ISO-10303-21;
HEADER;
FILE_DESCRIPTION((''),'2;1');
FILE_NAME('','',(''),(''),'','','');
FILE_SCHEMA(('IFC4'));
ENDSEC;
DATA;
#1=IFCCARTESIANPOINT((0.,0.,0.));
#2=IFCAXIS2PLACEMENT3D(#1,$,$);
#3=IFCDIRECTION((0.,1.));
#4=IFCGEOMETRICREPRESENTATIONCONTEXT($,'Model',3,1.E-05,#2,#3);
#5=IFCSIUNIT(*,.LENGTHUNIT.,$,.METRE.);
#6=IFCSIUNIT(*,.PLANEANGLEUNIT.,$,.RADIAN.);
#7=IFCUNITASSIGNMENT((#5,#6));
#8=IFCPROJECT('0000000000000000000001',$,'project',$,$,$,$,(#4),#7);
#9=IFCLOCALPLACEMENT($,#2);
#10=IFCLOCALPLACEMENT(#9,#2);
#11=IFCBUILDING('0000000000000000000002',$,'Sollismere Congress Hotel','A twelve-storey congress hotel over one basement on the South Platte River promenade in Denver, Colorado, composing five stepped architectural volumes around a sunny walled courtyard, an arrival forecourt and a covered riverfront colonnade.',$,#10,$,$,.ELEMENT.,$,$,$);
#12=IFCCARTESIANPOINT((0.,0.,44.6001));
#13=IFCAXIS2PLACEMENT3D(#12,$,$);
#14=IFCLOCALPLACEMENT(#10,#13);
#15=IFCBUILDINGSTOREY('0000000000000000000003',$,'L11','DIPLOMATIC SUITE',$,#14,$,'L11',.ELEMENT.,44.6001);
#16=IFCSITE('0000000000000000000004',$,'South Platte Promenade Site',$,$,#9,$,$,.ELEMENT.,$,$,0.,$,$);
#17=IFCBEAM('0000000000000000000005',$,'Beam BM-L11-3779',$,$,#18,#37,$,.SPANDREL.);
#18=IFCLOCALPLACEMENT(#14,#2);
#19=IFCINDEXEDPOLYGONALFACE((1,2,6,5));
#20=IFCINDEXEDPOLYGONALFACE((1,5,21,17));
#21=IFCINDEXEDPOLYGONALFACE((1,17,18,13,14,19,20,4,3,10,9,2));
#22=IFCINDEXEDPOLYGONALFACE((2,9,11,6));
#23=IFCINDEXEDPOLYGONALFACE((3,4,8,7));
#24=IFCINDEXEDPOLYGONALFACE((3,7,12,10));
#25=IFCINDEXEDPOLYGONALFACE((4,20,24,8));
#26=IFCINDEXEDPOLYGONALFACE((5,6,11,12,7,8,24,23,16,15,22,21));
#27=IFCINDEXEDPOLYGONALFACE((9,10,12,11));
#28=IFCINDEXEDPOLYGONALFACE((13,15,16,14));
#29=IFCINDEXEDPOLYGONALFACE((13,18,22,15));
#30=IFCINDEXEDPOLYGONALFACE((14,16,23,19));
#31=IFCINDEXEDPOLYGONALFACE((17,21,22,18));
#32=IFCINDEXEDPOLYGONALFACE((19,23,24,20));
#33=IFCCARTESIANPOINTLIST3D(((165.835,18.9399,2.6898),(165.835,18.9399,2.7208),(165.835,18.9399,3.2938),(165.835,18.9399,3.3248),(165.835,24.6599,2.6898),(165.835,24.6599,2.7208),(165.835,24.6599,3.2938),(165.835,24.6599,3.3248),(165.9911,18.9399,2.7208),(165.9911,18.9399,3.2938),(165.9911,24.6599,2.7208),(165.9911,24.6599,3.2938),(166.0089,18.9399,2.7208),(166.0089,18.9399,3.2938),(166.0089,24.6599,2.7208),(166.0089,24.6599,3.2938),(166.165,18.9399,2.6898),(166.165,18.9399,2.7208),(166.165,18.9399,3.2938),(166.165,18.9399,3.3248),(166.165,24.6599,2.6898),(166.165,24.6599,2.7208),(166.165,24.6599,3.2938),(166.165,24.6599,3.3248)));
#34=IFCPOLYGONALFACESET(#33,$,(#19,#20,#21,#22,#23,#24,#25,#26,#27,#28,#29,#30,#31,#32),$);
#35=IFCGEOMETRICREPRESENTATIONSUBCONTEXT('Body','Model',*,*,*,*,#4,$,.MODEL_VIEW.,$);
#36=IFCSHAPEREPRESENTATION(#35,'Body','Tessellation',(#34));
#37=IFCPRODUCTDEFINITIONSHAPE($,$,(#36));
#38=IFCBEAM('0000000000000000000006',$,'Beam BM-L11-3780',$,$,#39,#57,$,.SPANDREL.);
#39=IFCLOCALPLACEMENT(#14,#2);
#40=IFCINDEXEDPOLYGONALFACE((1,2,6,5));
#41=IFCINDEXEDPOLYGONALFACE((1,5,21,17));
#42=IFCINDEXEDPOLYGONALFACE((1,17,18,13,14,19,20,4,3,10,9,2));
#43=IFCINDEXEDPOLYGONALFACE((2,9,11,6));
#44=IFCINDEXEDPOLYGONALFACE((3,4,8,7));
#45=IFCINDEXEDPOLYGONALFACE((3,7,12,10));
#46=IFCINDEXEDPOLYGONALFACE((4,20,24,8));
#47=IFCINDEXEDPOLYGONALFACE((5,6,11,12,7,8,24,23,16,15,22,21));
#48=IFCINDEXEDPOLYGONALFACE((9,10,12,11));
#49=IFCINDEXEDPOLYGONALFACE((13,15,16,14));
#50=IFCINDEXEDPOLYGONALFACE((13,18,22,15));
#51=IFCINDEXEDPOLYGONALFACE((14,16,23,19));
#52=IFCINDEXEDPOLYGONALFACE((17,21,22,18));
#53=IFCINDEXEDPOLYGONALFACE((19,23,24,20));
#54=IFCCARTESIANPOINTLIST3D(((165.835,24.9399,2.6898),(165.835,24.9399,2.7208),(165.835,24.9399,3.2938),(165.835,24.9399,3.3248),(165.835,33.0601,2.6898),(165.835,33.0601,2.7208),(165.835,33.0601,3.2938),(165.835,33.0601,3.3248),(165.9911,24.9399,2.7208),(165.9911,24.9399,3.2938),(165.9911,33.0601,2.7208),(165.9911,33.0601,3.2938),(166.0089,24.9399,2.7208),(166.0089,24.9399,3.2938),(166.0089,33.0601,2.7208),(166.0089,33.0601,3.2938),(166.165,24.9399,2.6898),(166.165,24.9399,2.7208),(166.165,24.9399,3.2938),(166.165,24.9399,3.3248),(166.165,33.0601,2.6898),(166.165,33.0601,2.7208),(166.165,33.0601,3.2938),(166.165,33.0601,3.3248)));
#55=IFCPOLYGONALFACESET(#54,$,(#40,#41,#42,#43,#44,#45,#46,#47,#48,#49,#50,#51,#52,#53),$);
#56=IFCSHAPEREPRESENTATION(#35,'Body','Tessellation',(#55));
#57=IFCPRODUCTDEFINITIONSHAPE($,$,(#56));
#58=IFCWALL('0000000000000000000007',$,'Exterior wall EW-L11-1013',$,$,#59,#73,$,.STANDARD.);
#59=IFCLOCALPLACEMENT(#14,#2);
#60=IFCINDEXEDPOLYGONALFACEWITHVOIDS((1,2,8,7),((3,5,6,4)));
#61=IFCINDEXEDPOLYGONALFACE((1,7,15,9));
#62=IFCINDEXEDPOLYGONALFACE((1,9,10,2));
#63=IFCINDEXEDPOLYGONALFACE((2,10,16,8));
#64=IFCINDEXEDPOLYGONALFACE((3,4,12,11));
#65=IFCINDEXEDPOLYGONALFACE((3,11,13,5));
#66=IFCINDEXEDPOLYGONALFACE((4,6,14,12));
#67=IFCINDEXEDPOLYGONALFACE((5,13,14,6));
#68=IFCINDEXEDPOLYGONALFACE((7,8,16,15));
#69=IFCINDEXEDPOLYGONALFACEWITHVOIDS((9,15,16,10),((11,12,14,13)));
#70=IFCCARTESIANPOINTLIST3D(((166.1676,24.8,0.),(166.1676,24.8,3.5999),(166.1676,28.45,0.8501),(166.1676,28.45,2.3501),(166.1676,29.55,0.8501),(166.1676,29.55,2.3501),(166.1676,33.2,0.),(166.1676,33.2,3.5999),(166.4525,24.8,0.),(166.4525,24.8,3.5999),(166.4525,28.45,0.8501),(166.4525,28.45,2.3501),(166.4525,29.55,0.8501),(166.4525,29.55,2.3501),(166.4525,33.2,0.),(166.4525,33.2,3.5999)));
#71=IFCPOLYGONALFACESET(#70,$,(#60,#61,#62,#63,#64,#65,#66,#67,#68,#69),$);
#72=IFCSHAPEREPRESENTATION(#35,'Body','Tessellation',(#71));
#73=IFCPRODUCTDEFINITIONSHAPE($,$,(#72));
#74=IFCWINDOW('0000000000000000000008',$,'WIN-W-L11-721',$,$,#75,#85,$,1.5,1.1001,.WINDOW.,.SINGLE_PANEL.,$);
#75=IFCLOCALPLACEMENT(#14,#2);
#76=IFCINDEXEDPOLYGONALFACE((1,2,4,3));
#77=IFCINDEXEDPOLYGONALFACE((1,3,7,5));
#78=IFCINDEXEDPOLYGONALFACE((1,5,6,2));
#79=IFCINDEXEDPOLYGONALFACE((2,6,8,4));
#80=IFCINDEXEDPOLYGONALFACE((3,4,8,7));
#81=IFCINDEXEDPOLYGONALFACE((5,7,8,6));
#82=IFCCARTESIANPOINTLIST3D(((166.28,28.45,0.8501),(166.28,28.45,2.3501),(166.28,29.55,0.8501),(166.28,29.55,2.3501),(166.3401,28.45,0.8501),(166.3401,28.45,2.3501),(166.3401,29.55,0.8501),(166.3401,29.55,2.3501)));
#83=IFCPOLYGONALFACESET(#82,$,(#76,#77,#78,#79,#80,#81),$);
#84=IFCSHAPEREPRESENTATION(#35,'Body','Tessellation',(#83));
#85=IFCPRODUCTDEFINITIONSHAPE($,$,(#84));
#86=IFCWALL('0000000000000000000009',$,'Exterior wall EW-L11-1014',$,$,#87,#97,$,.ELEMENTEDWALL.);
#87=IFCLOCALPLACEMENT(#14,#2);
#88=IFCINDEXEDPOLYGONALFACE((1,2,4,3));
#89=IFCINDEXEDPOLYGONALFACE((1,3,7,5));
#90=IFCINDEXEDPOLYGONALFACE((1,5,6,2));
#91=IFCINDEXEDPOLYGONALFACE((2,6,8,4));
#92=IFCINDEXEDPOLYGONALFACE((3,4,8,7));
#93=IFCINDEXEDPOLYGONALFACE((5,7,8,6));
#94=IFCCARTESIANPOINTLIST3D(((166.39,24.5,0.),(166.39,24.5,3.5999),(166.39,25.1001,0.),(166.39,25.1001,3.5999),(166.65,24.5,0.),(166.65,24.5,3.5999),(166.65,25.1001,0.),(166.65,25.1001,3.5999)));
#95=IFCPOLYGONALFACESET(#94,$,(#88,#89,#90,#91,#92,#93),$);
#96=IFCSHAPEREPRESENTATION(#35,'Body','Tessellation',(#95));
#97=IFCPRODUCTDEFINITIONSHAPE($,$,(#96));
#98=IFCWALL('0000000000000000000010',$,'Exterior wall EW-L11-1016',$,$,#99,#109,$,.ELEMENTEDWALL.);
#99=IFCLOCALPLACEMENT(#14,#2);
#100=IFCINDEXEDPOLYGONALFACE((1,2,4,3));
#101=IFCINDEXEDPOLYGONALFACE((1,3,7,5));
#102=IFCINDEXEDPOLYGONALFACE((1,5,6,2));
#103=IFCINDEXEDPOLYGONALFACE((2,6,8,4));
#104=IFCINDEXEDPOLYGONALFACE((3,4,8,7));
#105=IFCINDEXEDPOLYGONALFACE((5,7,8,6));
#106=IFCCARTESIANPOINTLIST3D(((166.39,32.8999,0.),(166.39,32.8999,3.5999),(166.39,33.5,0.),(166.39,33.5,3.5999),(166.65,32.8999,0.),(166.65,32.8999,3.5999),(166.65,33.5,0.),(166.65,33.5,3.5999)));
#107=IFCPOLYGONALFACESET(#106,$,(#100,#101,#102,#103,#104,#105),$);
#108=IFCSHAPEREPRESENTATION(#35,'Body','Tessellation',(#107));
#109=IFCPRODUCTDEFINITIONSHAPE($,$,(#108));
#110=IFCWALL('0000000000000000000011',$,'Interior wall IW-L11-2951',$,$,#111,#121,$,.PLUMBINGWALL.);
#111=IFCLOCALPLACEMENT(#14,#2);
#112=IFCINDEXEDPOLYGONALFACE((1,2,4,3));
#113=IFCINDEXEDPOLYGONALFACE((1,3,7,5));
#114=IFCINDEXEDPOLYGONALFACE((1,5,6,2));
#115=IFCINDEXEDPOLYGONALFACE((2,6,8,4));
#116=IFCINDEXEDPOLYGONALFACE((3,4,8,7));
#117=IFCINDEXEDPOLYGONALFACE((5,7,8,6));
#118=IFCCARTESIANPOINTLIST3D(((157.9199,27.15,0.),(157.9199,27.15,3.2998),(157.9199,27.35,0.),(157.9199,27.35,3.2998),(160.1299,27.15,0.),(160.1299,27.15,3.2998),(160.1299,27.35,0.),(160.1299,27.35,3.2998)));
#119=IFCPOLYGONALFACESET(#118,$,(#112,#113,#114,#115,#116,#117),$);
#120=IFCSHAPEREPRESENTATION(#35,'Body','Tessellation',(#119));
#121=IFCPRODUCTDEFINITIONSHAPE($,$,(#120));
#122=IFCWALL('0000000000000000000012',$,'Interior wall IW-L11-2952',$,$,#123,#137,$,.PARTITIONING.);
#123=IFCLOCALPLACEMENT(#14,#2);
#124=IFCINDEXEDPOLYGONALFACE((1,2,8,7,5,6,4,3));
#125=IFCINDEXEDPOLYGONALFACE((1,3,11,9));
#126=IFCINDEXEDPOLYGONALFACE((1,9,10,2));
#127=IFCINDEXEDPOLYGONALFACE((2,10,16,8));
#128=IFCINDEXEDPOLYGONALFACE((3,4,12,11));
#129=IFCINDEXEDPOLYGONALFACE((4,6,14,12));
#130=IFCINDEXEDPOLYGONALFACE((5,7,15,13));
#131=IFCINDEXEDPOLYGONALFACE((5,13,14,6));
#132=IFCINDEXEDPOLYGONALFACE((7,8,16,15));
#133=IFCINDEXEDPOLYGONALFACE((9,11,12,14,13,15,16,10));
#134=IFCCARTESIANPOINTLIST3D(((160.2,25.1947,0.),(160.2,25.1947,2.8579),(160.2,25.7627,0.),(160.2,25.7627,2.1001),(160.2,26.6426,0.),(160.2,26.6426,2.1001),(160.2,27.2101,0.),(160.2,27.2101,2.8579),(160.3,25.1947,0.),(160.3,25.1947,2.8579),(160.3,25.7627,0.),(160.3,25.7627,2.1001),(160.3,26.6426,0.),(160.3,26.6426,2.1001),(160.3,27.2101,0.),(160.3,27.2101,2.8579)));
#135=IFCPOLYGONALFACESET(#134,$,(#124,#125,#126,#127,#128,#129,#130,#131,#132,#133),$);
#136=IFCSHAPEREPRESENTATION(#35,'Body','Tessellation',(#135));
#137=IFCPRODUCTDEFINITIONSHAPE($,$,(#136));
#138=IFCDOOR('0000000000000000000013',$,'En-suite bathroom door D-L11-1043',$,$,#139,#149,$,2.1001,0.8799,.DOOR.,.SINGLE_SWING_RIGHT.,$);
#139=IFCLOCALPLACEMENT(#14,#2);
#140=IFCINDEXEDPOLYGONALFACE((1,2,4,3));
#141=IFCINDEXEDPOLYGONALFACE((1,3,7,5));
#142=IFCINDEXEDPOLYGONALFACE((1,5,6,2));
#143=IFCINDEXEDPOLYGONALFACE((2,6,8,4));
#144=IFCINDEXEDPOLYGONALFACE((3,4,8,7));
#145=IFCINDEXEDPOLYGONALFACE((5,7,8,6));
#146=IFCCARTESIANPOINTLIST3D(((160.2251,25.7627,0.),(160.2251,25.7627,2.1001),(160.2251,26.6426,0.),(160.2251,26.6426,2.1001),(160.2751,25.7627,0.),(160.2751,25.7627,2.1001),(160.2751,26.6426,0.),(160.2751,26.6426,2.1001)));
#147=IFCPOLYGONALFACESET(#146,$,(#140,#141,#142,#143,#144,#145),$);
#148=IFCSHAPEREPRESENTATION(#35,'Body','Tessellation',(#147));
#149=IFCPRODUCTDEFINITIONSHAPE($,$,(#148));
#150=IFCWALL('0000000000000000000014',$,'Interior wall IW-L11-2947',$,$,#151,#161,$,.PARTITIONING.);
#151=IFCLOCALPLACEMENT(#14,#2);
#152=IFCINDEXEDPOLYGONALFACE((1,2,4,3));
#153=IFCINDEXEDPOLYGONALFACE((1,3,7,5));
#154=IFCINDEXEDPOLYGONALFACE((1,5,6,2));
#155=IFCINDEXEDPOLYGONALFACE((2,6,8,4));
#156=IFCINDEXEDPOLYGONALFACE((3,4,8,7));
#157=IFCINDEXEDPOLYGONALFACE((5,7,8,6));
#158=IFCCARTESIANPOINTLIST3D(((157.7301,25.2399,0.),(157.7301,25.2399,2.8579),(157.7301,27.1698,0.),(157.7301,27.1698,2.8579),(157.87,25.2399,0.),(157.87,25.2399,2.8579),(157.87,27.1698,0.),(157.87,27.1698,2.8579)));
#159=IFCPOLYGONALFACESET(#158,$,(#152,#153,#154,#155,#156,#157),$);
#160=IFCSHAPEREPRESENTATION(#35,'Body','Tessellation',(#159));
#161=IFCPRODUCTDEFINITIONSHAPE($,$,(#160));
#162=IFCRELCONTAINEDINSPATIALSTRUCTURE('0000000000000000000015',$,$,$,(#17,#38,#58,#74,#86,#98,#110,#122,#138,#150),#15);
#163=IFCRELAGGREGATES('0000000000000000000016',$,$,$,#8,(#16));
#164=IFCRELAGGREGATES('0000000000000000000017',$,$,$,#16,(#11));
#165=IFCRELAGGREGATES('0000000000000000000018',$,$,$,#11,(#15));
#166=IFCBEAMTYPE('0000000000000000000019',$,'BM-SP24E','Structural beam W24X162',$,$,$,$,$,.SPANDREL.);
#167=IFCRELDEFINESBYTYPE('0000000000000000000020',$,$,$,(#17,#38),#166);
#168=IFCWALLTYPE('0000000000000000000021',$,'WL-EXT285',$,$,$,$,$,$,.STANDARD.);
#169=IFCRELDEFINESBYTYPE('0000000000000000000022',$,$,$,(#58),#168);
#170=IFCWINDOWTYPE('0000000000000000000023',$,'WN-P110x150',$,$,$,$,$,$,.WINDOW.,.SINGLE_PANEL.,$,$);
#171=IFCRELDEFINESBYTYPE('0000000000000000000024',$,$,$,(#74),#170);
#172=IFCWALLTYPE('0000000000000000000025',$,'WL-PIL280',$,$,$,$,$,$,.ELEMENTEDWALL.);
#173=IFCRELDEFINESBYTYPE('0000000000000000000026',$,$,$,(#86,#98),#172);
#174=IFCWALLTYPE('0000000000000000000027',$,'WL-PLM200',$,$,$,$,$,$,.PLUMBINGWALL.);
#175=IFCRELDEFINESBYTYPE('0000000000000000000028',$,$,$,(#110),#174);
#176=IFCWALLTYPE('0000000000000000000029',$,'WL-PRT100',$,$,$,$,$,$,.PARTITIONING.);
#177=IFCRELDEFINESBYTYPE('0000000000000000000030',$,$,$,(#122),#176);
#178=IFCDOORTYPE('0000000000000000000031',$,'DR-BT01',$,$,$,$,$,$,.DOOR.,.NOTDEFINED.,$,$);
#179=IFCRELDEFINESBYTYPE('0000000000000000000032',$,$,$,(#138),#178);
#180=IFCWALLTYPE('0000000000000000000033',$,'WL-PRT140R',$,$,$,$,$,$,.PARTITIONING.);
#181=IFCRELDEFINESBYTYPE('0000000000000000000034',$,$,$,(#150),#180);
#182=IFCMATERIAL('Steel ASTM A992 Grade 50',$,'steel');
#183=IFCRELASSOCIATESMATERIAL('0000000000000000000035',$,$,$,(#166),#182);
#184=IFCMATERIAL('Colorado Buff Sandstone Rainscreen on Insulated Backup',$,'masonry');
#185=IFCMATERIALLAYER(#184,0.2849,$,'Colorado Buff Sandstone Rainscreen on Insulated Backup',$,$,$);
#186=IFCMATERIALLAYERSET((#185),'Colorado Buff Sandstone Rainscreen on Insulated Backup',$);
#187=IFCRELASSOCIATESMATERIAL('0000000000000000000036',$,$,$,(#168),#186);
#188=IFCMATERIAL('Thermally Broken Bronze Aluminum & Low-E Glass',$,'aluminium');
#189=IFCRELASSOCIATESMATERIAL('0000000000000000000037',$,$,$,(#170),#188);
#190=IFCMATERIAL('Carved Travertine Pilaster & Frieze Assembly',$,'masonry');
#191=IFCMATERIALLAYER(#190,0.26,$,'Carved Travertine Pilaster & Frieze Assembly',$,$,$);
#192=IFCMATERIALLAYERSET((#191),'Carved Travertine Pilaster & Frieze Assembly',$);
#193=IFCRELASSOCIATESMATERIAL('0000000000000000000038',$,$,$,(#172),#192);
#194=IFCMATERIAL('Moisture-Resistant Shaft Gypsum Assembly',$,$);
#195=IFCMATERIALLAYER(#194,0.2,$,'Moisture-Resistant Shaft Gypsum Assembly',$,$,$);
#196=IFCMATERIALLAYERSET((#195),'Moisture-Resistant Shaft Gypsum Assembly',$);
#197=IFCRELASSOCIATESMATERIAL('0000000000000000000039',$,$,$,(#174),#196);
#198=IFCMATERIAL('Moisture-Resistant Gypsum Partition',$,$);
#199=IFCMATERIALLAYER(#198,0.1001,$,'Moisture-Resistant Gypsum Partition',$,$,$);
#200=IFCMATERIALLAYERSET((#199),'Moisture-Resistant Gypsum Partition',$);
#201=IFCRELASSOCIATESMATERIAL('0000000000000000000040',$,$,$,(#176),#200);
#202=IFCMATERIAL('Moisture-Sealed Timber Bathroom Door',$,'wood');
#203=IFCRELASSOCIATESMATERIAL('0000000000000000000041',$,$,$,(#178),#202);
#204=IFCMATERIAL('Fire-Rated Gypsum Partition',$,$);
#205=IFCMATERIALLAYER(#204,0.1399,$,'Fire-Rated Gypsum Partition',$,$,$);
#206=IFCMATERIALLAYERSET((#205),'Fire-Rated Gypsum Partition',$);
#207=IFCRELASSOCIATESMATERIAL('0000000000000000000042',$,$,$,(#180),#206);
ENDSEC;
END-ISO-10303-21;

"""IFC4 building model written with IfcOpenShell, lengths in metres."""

from ifc_helpers import new_model, si_unit, direction, frame, frame_2d, origin, origin_2d, place, context, subcontext, project, spatial, rectangle, i_section, extrude, material, layer, layer_set, material_profile, profile_set, type_object, element, fill, save


model = new_model("IFC4")

# Units and contexts
model_context = context("Model", 3, precision=1e-05, world=origin(), true_north=direction((0.0, 1.0)))
body_context = subcontext(model_context, "Body", "Model", "MODEL_VIEW")
ifc_project = project(units=[si_unit("LENGTHUNIT", "METRE"), si_unit("PLANEANGLEUNIT", "RADIAN")], contexts=[model_context])

# Site, building, storey
site_placement = place(None, origin())
site = spatial("IfcSite", under=ifc_project, at=site_placement, Name="South Platte Promenade Site", CompositionType="ELEMENT", RefElevation=0.0)
building_placement = place(site_placement, origin())
building = spatial("IfcBuilding", under=site, at=building_placement, Name="Sollismere Congress Hotel", Description="A twelve-storey congress hotel over one basement on the South Platte River promenade in Denver, Colorado, composing five stepped architectural volumes around a sunny walled courtyard, an arrival forecourt and a covered riverfront colonnade.", CompositionType="ELEMENT")
storey_placement = place(building_placement, frame((0.0, 0.0, 44.6001)))
storey = spatial("IfcBuildingStorey", under=building, at=storey_placement, Name="L11", Description="DIPLOMATIC SUITE", LongName="L11", CompositionType="ELEMENT", Elevation=44.6001)

# Shared definitions
ifc_material_1 = material(Name="Steel ASTM A992 Grade 50", Category="steel")

# Beams
ifc_material_profile_1 = material_profile(ifc_material_1, i_section(OverallWidth=0.3301, OverallDepth=0.635, WebThickness=0.0178, FlangeThickness=0.031, at=origin_2d()), Name="W24X162")
ifc_profile_set_1 = profile_set([ifc_material_profile_1], Name="Steel ASTM A992 Grade 50")
beam_type_1 = type_object("IfcBeamType", Name="BM-SP24E", Description="Structural beam W24X162", PredefinedType="SPANDREL", material=ifc_profile_set_1)
beam_1_placement = place(storey_placement, frame((166.0, 18.9399, 3.0073), z_axis=(0.0, 1.0, 0.0), x_axis=(-1.0, 0.0, 0.0)))
element("IfcBeam", 1, at=beam_1_placement, inside=storey, type_object=beam_type_1, Name="Beam BM-L11-3779", PredefinedType="SPANDREL", context=body_context, shape_type="SweptSolid", body=[
    extrude(i_section(OverallWidth=0.3301, OverallDepth=0.635, WebThickness=0.0178, FlangeThickness=0.031, at=origin_2d()), origin(), (0.0, 0.0, 1.0), 5.72),
])
beam_2_placement = place(storey_placement, frame((166.0, 24.9399, 3.0073), z_axis=(0.0, 1.0, 0.0), x_axis=(-1.0, 0.0, 0.0)))
element("IfcBeam", 2, at=beam_2_placement, inside=storey, type_object=beam_type_1, Name="Beam BM-L11-3780", PredefinedType="SPANDREL", context=body_context, shape_type="SweptSolid", body=[
    extrude(i_section(OverallWidth=0.3301, OverallDepth=0.635, WebThickness=0.0178, FlangeThickness=0.031, at=origin_2d()), origin(), (0.0, 0.0, 1.0), 8.1201),
])

# Wall, opening, window
ifc_material_2 = material(Name="Colorado Buff Sandstone Rainscreen on Insulated Backup", Category="masonry")
ifc_layer_1 = layer(ifc_material_2, 0.2849, Name="Colorado Buff Sandstone Rainscreen on Insulated Backup")
ifc_layer_set_1 = layer_set([ifc_layer_1], Name="Colorado Buff Sandstone Rainscreen on Insulated Backup")
wall_type_1 = type_object("IfcWallType", Name="WL-EXT285", PredefinedType="STANDARD", material=ifc_layer_set_1)
wall_1_placement = place(storey_placement, frame((166.3101, 24.8, 0.0), z_axis=(0.0, 0.0, 1.0), x_axis=(0.0, 1.0, 0.0)))
wall_1 = element("IfcWall", 3, at=wall_1_placement, inside=storey, type_object=wall_type_1, Name="Exterior wall EW-L11-1013", PredefinedType="STANDARD", context=body_context, shape_type="SweptSolid", body=[
    extrude(rectangle(XDim=8.3999, YDim=0.2849, at=frame_2d((4.2, 0.0))), origin(), (0.0, 0.0, 1.0), 3.5999),
])
opening_1_placement = place(wall_1_placement, frame((3.6499, 0.0, 0.8501)))
opening_1 = element("IfcOpeningElement", 4, at=opening_1_placement, cuts=wall_1, PredefinedType="OPENING", context=body_context, shape_type="SweptSolid", body=[
    extrude(rectangle(XDim=1.1001, YDim=1.5, at=frame_2d((0.55, 0.75))), frame((0.0, 0.1523, 0.0), z_axis=(0.0, -1.0, 0.0), x_axis=(1.0, 0.0, 0.0)), (0.0, 0.0, 1.0), 0.3049),
])
ifc_material_3 = material(Name="Thermally Broken Bronze Aluminum & Low-E Glass", Category="aluminium")
window_type = type_object("IfcWindowType", Name="WN-P110x150", PartitioningType="SINGLE_PANEL", PredefinedType="WINDOW", material=ifc_material_3)
window_placement = place(opening_1_placement, origin())
window = element("IfcWindow", 5, at=window_placement, inside=storey, type_object=window_type, Name="WIN-W-L11-721", OverallHeight=1.5, OverallWidth=1.1001, PartitioningType="SINGLE_PANEL", PredefinedType="WINDOW", context=body_context, shape_type="SweptSolid", body=[
    extrude(rectangle(XDim=1.1001, YDim=1.5, at=frame_2d((0.55, 0.75))), frame((0.0, 0.03, 0.0), z_axis=(0.0, -1.0, 0.0), x_axis=(1.0, 0.0, 0.0)), (0.0, 0.0, 1.0), 0.0601),
])
fill(opening_1, window)

# Walls
ifc_material_4 = material(Name="Carved Travertine Pilaster & Frieze Assembly", Category="masonry")
ifc_layer_2 = layer(ifc_material_4, 0.26, Name="Carved Travertine Pilaster & Frieze Assembly")
ifc_layer_set_2 = layer_set([ifc_layer_2], Name="Carved Travertine Pilaster & Frieze Assembly")
wall_type_2 = type_object("IfcWallType", Name="WL-PIL280", PredefinedType="ELEMENTEDWALL", material=ifc_layer_set_2)
for number, where, z_axis, x_axis, name in (
    (6, (166.52, 24.5, 0.0), (0.0, 0.0, 1.0), (0.0, 1.0, 0.0), "Exterior wall EW-L11-1014"),
    (7, (166.52, 32.8999, 0.0), (0.0, 0.0, 1.0), (0.0, 1.0, 0.0), "Exterior wall EW-L11-1016"),
):
    element("IfcWall", number, at=place(storey_placement, frame(where, z_axis=z_axis, x_axis=x_axis)), inside=storey, type_object=wall_type_2, Name=name, PredefinedType="ELEMENTEDWALL", context=body_context, shape_type="SweptSolid", body=[
        extrude(rectangle(XDim=0.6001, YDim=0.26, at=frame_2d((0.3, 0.0))), origin(), (0.0, 0.0, 1.0), 3.5999),
    ])
ifc_material_5 = material(Name="Moisture-Resistant Shaft Gypsum Assembly")
ifc_layer_3 = layer(ifc_material_5, 0.2, Name="Moisture-Resistant Shaft Gypsum Assembly")
ifc_layer_set_3 = layer_set([ifc_layer_3], Name="Moisture-Resistant Shaft Gypsum Assembly")
wall_type_3 = type_object("IfcWallType", Name="WL-PLM200", PredefinedType="PLUMBINGWALL", material=ifc_layer_set_3)
wall_2_placement = place(storey_placement, frame((157.9199, 27.25, 0.0), z_axis=(0.0, 0.0, 1.0), x_axis=(1.0, 0.0, 0.0)))
element("IfcWall", 8, at=wall_2_placement, inside=storey, type_object=wall_type_3, Name="Interior wall IW-L11-2951", PredefinedType="PLUMBINGWALL", context=body_context, shape_type="SweptSolid", body=[
    extrude(rectangle(XDim=2.21, YDim=0.2, at=frame_2d((1.105, 0.0))), origin(), (0.0, 0.0, 1.0), 3.2998),
])

# Wall, opening, door
ifc_material_6 = material(Name="Moisture-Resistant Gypsum Partition")
ifc_layer_4 = layer(ifc_material_6, 0.1001, Name="Moisture-Resistant Gypsum Partition")
ifc_layer_set_4 = layer_set([ifc_layer_4], Name="Moisture-Resistant Gypsum Partition")
wall_type_4 = type_object("IfcWallType", Name="WL-PRT100", PredefinedType="PARTITIONING", material=ifc_layer_set_4)
wall_3_placement = place(storey_placement, frame((160.25, 25.1946, 0.0), z_axis=(0.0, 0.0, 1.0), x_axis=(0.0, 1.0, 0.0)))
wall_3 = element("IfcWall", 9, at=wall_3_placement, inside=storey, type_object=wall_type_4, Name="Interior wall IW-L11-2952", PredefinedType="PARTITIONING", context=body_context, shape_type="SweptSolid", body=[
    extrude(rectangle(XDim=2.0154, YDim=0.1001, at=frame_2d((1.0078, 0.0))), origin(), (0.0, 0.0, 1.0), 2.8579),
])
opening_2_placement = place(wall_3_placement, frame((0.5681, 0.0, 0.0)))
opening_2 = element("IfcOpeningElement", 10, at=opening_2_placement, cuts=wall_3, PredefinedType="OPENING", context=body_context, shape_type="SweptSolid", body=[
    extrude(rectangle(XDim=0.8799, YDim=2.1001, at=frame_2d((0.4399, 1.05))), frame((0.0, 0.0601, 0.0), z_axis=(0.0, -1.0, 0.0), x_axis=(1.0, 0.0, 0.0)), (0.0, 0.0, 1.0), 0.1201),
])
ifc_material_7 = material(Name="Moisture-Sealed Timber Bathroom Door", Category="wood")
door_type_1 = type_object("IfcDoorType", Name="DR-BT01", OperationType="NOTDEFINED", PredefinedType="DOOR", material=ifc_material_7)
door_1_placement = place(opening_2_placement, origin())
door_1 = element("IfcDoor", 11, at=door_1_placement, inside=storey, type_object=door_type_1, Name="En-suite bathroom door D-L11-1043", OperationType="SINGLE_SWING_RIGHT", OverallHeight=2.1001, OverallWidth=0.8799, PredefinedType="DOOR", context=body_context, shape_type="SweptSolid", body=[
    extrude(rectangle(XDim=0.8799, YDim=2.1001, at=frame_2d((0.4399, 1.05))), frame((0.0, 0.0249, 0.0), z_axis=(0.0, -1.0, 0.0), x_axis=(1.0, 0.0, 0.0)), (0.0, 0.0, 1.0), 0.05),
])
fill(opening_2, door_1)

# Wall
ifc_material_8 = material(Name="Fire-Rated Gypsum Partition")
ifc_layer_5 = layer(ifc_material_8, 0.1399, Name="Fire-Rated Gypsum Partition")
ifc_layer_set_5 = layer_set([ifc_layer_5], Name="Fire-Rated Gypsum Partition")
wall_type_5 = type_object("IfcWallType", Name="WL-PRT140R", PredefinedType="PARTITIONING", material=ifc_layer_set_5)
wall_4_placement = place(storey_placement, frame((157.8, 25.24, 0.0), z_axis=(0.0, 0.0, 1.0), x_axis=(0.0, 1.0, 0.0)))
element("IfcWall", 12, at=wall_4_placement, inside=storey, type_object=wall_type_5, Name="Interior wall IW-L11-2947", PredefinedType="PARTITIONING", context=body_context, shape_type="SweptSolid", body=[
    extrude(rectangle(XDim=1.9299, YDim=0.1399, at=frame_2d((0.9648, 0.0))), origin(), (0.0, 0.0, 1.0), 2.8579),
])

save(model, "model.ifc")
